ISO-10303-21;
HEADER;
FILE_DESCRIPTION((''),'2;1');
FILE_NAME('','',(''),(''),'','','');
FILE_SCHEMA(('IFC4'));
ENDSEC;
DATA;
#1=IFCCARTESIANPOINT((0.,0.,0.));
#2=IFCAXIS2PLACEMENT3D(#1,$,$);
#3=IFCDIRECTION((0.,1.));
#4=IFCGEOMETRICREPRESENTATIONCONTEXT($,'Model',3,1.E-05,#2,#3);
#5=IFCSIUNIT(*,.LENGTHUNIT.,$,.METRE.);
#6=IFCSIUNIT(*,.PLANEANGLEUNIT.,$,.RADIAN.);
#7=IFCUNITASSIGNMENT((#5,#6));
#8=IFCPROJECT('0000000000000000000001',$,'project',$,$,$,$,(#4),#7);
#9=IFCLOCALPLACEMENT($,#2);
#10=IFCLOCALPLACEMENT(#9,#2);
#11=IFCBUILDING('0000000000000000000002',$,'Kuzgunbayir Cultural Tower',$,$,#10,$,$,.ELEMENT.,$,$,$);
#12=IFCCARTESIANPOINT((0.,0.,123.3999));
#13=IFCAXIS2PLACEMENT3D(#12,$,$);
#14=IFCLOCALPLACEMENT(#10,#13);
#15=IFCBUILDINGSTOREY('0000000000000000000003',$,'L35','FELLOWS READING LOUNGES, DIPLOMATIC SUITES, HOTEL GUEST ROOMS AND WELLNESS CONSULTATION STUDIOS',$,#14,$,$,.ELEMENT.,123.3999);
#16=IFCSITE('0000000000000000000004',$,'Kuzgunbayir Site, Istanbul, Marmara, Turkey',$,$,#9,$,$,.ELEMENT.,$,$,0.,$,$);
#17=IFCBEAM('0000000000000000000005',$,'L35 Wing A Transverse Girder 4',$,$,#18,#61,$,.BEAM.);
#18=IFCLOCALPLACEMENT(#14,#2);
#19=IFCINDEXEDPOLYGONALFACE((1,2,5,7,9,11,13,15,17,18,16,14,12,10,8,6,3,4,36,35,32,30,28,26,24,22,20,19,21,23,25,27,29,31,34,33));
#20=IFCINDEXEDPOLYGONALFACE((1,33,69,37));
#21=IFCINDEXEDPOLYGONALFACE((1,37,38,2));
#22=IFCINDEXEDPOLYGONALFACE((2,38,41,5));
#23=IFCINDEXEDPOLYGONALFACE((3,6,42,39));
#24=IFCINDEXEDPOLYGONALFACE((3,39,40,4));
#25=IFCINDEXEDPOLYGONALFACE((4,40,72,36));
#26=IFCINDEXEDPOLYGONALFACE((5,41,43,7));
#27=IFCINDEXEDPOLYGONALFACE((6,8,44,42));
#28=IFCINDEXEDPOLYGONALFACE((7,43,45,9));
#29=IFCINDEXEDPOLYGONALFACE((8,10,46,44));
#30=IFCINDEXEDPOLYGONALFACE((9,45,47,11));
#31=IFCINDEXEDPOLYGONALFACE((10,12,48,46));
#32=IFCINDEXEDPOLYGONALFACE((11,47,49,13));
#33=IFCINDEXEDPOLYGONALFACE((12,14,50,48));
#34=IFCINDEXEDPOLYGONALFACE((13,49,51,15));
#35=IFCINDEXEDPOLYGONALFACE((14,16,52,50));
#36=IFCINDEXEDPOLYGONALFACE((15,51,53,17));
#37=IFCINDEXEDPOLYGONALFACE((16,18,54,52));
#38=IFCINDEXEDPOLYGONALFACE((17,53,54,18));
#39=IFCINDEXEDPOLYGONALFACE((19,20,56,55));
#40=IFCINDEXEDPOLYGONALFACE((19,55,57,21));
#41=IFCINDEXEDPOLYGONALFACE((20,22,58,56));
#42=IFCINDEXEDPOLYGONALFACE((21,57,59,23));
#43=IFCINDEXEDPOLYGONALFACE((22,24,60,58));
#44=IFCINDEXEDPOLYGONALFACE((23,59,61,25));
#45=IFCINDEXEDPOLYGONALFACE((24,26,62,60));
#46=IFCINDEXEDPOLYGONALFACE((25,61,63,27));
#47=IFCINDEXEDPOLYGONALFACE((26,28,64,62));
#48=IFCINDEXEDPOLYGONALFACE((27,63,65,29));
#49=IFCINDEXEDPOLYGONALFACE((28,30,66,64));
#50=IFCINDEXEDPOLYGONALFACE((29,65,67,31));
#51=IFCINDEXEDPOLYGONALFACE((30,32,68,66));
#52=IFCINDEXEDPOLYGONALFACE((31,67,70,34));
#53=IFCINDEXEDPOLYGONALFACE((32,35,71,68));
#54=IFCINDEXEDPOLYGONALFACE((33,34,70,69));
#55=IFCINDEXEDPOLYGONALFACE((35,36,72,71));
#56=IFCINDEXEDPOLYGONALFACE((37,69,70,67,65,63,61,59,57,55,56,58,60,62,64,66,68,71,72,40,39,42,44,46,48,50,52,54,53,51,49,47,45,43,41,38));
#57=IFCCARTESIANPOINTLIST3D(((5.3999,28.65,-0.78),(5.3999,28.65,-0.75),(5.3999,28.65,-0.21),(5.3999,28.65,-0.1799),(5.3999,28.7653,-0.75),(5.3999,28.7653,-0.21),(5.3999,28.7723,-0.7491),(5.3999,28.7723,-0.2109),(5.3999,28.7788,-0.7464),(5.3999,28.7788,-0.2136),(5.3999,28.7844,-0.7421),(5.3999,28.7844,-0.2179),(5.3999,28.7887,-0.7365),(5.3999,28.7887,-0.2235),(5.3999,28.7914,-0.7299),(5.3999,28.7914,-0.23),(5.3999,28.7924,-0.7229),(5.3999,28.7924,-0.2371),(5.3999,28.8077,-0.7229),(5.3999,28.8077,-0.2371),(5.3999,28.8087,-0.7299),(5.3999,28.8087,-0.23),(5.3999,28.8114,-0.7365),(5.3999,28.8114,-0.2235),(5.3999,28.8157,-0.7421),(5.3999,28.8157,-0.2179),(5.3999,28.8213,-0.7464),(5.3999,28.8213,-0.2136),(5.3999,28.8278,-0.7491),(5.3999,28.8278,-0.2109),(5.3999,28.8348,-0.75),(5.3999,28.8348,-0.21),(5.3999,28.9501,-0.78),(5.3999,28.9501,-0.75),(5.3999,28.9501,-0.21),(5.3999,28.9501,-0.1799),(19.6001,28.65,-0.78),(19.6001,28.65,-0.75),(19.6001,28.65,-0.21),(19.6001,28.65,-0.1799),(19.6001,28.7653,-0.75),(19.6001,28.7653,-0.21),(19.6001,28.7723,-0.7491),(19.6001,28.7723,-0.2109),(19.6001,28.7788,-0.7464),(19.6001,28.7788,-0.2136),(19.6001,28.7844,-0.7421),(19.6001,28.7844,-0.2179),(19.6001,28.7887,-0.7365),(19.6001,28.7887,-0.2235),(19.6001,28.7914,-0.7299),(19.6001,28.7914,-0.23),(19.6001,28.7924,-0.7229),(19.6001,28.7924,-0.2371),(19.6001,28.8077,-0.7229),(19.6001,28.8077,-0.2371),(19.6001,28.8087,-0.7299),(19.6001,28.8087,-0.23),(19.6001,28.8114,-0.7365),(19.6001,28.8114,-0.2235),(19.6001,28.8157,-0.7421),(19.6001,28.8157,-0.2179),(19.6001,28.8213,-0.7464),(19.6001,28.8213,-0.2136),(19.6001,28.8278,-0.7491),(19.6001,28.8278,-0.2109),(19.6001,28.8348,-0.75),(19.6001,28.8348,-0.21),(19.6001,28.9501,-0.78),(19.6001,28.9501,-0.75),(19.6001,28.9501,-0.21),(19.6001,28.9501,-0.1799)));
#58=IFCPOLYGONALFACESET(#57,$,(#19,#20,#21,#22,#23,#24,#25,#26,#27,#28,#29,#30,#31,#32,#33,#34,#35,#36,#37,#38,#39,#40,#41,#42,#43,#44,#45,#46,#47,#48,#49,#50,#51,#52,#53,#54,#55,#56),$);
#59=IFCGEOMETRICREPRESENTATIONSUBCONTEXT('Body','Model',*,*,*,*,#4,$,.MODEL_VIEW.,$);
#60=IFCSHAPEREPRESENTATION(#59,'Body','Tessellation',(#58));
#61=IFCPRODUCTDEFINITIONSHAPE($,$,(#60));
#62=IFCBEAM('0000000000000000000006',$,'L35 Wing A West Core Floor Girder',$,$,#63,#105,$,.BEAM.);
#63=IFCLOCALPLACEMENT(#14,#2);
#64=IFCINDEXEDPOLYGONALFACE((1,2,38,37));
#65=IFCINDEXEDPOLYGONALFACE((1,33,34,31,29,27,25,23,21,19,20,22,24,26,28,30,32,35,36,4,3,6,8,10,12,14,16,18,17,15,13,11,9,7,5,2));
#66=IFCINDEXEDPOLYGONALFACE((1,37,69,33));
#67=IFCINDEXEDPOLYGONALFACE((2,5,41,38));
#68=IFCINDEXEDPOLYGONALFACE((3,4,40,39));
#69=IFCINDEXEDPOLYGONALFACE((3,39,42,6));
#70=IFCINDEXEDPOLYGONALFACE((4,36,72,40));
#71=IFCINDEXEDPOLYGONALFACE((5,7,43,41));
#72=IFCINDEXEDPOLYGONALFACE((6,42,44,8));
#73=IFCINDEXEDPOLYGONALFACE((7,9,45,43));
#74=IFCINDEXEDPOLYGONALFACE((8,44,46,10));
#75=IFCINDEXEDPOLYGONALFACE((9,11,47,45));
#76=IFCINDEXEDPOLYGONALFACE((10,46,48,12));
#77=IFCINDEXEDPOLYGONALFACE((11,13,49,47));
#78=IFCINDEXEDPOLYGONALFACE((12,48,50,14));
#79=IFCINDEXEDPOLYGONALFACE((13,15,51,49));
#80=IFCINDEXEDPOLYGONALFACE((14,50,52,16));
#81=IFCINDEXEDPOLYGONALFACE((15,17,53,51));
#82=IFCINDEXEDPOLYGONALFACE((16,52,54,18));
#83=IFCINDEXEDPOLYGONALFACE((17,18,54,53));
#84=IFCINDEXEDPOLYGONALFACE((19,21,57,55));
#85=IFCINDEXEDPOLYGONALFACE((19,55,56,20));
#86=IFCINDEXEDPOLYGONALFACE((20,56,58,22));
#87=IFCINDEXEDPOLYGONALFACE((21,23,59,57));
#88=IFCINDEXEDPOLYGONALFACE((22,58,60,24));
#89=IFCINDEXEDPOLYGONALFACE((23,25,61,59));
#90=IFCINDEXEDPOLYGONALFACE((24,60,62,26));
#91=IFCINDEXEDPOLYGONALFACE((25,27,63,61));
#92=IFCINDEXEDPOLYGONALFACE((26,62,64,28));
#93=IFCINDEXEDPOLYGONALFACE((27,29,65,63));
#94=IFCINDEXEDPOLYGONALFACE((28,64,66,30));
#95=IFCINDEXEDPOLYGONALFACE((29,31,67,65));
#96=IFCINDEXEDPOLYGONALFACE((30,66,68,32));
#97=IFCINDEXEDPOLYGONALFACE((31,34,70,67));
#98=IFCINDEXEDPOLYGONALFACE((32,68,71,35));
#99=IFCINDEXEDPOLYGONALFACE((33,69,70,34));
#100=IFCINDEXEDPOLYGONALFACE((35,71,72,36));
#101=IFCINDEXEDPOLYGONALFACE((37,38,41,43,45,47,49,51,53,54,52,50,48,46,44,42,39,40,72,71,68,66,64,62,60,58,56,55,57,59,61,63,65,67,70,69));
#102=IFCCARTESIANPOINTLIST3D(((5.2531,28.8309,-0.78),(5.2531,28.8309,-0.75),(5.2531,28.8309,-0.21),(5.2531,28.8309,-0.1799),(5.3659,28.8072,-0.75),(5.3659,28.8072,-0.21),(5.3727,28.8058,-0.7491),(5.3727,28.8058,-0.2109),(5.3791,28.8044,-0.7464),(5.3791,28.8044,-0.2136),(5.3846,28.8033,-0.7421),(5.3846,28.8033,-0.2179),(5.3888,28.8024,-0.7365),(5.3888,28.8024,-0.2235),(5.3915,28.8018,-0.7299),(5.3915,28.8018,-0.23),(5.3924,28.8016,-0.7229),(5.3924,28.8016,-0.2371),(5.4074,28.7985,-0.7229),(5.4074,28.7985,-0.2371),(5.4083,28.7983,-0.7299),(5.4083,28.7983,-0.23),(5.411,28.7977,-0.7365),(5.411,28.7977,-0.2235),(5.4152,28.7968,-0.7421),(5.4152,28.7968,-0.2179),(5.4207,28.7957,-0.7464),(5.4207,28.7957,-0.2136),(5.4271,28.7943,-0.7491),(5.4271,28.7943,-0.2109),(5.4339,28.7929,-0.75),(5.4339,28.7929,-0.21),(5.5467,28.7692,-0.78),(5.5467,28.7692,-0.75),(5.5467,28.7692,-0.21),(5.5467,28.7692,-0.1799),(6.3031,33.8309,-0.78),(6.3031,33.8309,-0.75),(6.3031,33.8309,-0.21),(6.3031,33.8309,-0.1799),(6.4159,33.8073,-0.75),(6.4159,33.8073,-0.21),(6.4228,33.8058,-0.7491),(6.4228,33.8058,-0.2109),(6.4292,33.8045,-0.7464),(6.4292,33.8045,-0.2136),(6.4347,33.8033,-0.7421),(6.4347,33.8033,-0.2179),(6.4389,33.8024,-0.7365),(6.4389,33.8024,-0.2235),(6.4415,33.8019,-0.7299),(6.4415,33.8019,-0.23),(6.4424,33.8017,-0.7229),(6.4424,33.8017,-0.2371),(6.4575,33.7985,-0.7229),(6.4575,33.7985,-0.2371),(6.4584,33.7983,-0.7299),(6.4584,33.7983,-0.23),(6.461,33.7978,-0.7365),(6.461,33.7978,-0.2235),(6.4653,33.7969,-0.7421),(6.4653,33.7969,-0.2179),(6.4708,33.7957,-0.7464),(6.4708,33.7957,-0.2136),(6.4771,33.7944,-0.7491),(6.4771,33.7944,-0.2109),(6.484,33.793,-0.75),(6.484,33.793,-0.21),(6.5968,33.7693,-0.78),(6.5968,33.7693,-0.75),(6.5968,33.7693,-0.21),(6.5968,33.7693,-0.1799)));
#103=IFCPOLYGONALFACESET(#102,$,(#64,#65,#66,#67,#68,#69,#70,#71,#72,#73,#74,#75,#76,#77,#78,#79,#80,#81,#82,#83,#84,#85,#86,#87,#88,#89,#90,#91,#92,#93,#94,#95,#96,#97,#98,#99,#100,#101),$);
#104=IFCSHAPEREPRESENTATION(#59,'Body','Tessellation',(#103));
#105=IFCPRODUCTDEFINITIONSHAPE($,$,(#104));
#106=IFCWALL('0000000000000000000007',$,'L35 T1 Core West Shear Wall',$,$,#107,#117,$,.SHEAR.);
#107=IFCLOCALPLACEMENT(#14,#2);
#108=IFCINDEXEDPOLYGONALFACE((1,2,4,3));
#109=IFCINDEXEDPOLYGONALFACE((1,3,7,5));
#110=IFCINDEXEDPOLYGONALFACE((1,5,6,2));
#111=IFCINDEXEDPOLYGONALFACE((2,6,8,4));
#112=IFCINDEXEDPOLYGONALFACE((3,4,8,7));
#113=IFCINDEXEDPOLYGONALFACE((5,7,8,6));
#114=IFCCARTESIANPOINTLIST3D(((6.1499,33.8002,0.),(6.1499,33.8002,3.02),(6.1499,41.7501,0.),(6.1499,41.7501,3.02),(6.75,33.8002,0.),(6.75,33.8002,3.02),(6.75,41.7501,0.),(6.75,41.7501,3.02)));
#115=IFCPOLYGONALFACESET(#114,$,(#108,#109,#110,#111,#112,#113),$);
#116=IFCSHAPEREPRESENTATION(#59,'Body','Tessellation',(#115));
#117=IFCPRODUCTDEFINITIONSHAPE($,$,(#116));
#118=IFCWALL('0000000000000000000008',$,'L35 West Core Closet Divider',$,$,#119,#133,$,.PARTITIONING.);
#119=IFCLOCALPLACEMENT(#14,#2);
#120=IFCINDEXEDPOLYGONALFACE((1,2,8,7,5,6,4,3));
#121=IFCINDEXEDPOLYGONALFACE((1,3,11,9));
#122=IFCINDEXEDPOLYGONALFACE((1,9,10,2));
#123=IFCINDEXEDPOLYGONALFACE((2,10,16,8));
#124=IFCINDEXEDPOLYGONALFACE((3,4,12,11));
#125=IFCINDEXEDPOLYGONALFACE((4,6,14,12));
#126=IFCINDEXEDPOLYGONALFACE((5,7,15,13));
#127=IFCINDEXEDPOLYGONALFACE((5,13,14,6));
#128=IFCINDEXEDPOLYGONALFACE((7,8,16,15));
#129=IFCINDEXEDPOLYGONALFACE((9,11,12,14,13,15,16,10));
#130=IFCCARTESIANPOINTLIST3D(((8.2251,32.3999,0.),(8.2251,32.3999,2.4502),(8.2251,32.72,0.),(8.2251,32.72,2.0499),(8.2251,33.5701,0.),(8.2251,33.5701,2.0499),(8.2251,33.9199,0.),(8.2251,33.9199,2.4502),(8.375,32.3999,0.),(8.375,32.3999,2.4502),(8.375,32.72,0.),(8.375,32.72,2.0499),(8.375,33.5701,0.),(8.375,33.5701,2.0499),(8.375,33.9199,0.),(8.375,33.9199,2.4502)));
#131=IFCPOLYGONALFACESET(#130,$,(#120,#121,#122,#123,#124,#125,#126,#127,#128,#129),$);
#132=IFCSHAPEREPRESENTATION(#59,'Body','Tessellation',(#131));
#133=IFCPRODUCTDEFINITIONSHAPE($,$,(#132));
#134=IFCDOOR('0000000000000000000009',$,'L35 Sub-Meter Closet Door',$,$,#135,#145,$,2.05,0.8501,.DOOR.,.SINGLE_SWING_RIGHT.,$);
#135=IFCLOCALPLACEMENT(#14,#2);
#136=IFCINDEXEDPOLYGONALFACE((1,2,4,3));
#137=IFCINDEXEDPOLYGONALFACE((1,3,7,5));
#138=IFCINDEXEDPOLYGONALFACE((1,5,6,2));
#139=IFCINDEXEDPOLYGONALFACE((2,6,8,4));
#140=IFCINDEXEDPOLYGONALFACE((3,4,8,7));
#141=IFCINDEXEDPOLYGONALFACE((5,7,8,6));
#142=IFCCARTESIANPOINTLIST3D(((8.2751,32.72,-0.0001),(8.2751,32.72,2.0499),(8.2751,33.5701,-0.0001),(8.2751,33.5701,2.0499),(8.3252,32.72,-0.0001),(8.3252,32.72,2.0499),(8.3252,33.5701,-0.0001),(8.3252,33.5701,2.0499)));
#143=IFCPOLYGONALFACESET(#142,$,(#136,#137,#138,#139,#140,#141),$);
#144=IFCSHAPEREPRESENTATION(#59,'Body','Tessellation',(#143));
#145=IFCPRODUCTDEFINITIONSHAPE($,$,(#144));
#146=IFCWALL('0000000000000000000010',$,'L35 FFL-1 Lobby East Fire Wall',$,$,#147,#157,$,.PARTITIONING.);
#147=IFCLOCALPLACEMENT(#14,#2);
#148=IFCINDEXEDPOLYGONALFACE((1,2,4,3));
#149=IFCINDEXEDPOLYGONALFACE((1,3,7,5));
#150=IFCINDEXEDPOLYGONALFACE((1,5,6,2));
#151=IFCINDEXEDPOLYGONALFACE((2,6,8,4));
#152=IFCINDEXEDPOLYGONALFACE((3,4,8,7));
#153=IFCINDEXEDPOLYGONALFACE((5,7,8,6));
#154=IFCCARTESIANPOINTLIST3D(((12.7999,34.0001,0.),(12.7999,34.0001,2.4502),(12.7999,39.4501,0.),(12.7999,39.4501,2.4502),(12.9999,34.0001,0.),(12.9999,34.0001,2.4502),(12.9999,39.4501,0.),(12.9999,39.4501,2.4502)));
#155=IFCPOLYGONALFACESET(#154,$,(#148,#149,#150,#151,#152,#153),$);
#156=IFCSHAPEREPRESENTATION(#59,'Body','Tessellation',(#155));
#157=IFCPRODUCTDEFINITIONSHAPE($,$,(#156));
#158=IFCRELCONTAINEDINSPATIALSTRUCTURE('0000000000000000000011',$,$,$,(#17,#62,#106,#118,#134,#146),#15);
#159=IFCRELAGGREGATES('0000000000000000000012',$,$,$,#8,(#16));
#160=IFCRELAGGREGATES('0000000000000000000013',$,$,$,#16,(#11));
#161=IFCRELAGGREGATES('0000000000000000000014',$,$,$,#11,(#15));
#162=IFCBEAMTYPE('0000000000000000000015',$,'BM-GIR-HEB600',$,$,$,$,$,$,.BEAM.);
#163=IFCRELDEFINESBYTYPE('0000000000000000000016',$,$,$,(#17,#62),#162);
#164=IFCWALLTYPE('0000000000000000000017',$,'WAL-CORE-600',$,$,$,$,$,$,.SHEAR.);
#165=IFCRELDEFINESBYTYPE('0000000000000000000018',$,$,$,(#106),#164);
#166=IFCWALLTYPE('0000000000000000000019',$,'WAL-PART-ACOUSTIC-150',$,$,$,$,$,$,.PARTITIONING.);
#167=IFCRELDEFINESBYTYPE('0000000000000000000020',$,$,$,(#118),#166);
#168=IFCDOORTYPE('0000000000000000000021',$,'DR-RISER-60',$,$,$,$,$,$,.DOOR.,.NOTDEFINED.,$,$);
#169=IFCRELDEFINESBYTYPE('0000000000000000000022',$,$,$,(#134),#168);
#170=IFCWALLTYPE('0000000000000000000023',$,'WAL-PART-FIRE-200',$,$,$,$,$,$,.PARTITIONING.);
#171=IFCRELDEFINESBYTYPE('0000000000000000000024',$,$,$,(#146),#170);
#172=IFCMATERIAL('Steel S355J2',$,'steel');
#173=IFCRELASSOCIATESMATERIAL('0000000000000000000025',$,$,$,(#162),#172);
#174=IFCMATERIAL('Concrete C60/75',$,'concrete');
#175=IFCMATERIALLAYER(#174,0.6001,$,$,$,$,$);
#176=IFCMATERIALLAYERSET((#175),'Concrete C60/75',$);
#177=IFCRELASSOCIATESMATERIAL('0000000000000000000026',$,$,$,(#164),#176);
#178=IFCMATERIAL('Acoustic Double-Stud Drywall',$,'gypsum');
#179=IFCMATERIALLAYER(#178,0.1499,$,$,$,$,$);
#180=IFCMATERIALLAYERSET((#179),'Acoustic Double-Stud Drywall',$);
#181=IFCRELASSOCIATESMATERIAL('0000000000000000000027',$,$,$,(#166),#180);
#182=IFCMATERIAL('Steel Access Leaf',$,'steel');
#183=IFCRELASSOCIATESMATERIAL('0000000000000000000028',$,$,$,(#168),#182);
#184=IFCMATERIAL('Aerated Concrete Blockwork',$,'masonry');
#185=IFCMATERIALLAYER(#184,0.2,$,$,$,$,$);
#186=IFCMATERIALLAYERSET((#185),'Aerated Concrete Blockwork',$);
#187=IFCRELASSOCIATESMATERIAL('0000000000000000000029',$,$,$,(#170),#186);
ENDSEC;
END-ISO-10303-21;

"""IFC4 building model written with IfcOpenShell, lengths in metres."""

from ifc_helpers import new_model, si_unit, direction, frame, frame_2d, origin, origin_2d, place, context, subcontext, project, spatial, rectangle, i_section, extrude, material, layer, layer_set, material_profile, profile_set, type_object, element, fill, save


model = new_model("IFC4")

# Units and contexts
model_context = context("Model", 3, precision=1e-05, world=origin(), true_north=direction((0.0, 1.0)))
body_context = subcontext(model_context, "Body", "Model", "MODEL_VIEW")
ifc_project = project(units=[si_unit("LENGTHUNIT", "METRE"), si_unit("PLANEANGLEUNIT", "RADIAN")], contexts=[model_context])

# Site, building, storey
site_placement = place(None, origin())
site = spatial("IfcSite", under=ifc_project, at=site_placement, Name="Kuzgunbayir Site, Istanbul, Marmara, Turkey", CompositionType="ELEMENT", RefElevation=0.0)
building_placement = place(site_placement, origin())
building = spatial("IfcBuilding", under=site, at=building_placement, Name="Kuzgunbayir Cultural Tower", CompositionType="ELEMENT")
storey_placement = place(building_placement, frame((0.0, 0.0, 123.3999)))
storey = spatial("IfcBuildingStorey", under=building, at=storey_placement, Name="L35", Description="FELLOWS READING LOUNGES, DIPLOMATIC SUITES, HOTEL GUEST ROOMS AND WELLNESS CONSULTATION STUDIOS", CompositionType="ELEMENT", Elevation=123.3999)

# Beams
ifc_material_1 = material(Name="Steel S355J2", Category="steel")
ifc_material_profile_1 = material_profile(ifc_material_1, i_section(OverallWidth=0.3, OverallDepth=0.6001, WebThickness=0.0154, FlangeThickness=0.03, FilletRadius=0.0271, at=origin_2d()), Name="HEB 600")
ifc_profile_set_1 = profile_set([ifc_material_profile_1], Name="Steel S355J2")
beam_type = type_object("IfcBeamType", Name="BM-GIR-HEB600", PredefinedType="BEAM", material=ifc_profile_set_1)
beam_1_placement = place(storey_placement, frame((5.3999, 28.8, -0.48), z_axis=(1.0, 0.0, 0.0), x_axis=(0.0, 1.0, 0.0)))
element("IfcBeam", 1, at=beam_1_placement, inside=storey, type_object=beam_type, Name="L35 Wing A Transverse Girder 4", PredefinedType="BEAM", context=body_context, shape_type="SweptSolid", body=[
    extrude(i_section(OverallWidth=0.3, OverallDepth=0.6001, WebThickness=0.0154, FlangeThickness=0.03, FilletRadius=0.0271, at=origin_2d()), origin(), (0.0, 0.0, 1.0), 14.2002),
])
beam_2_placement = place(storey_placement, frame((5.3999, 28.8, -0.48), z_axis=(0.205526, 0.978652, 0.0), x_axis=(-0.978652, 0.205526, 0.0)))
element("IfcBeam", 2, at=beam_2_placement, inside=storey, type_object=beam_type, Name="L35 Wing A West Core Floor Girder", PredefinedType="BEAM", context=body_context, shape_type="SweptSolid", body=[
    extrude(i_section(OverallWidth=0.3, OverallDepth=0.6001, WebThickness=0.0154, FlangeThickness=0.03, FilletRadius=0.0271, at=origin_2d()), origin(), (0.0, 0.0, 1.0), 5.1091),
])

# Wall
ifc_material_2 = material(Name="Concrete C60/75", Category="concrete")
ifc_layer_1 = layer(ifc_material_2, 0.6001)
ifc_layer_set_1 = layer_set([ifc_layer_1], Name="Concrete C60/75")
wall_type_1 = type_object("IfcWallType", Name="WAL-CORE-600", PredefinedType="SHEAR", material=ifc_layer_set_1)
wall_1_placement = place(storey_placement, frame((6.45, 33.8, 0.0), z_axis=(0.0, 0.0, 1.0), x_axis=(0.0, 1.0, 0.0)))
element("IfcWall", 3, at=wall_1_placement, inside=storey, type_object=wall_type_1, Name="L35 T1 Core West Shear Wall", PredefinedType="SHEAR", context=body_context, shape_type="SweptSolid", body=[
    extrude(rectangle(XDim=7.95, YDim=0.6001, at=frame_2d((3.9751, 0.0))), origin(), (0.0, 0.0, 1.0), 3.02),
])

# Wall, opening, door
ifc_material_3 = material(Name="Acoustic Double-Stud Drywall", Category="gypsum")
ifc_layer_2 = layer(ifc_material_3, 0.1499)
ifc_layer_set_2 = layer_set([ifc_layer_2], Name="Acoustic Double-Stud Drywall")
wall_type_2 = type_object("IfcWallType", Name="WAL-PART-ACOUSTIC-150", PredefinedType="PARTITIONING", material=ifc_layer_set_2)
wall_2_placement = place(storey_placement, frame((8.3, 32.3999, 0.0), z_axis=(0.0, 0.0, 1.0), x_axis=(0.0, 1.0, 0.0)))
wall_2 = element("IfcWall", 4, at=wall_2_placement, inside=storey, type_object=wall_type_2, Name="L35 West Core Closet Divider", PredefinedType="PARTITIONING", context=body_context, shape_type="SweptSolid", body=[
    extrude(rectangle(XDim=1.52, YDim=0.1499, at=frame_2d((0.76, 0.0))), origin(), (0.0, 0.0, 1.0), 2.4502),
])
opening_1_placement = place(wall_2_placement, frame((0.3201, 0.0, 0.0)))
opening_1 = element("IfcOpeningElement", 5, at=opening_1_placement, cuts=wall_2, PredefinedType="OPENING", context=body_context, shape_type="SweptSolid", body=[
    extrude(rectangle(XDim=0.8501, YDim=2.05, at=frame_2d((0.425, 1.0249))), frame((0.0, 0.085, 0.0), z_axis=(0.0, -1.0, 0.0), x_axis=(1.0, 0.0, 0.0)), (0.0, 0.0, 1.0), 0.1699),
])
ifc_material_4 = material(Name="Steel Access Leaf", Category="steel")
door_type_1 = type_object("IfcDoorType", Name="DR-RISER-60", OperationType="NOTDEFINED", PredefinedType="DOOR", material=ifc_material_4)
door_1_placement = place(opening_1_placement, origin())
door_1 = element("IfcDoor", 6, at=door_1_placement, inside=storey, type_object=door_type_1, Name="L35 Sub-Meter Closet Door", OperationType="SINGLE_SWING_RIGHT", OverallHeight=2.05, OverallWidth=0.8501, PredefinedType="DOOR", context=body_context, shape_type="SweptSolid", body=[
    extrude(rectangle(XDim=0.8501, YDim=2.05, at=frame_2d((0.425, 1.0249))), frame((0.0, 0.0249, 0.0), z_axis=(0.0, -1.0, 0.0), x_axis=(1.0, 0.0, 0.0)), (0.0, 0.0, 1.0), 0.05),
])
fill(opening_1, door_1)

# Wall
ifc_material_5 = material(Name="Aerated Concrete Blockwork", Category="masonry")
ifc_layer_3 = layer(ifc_material_5, 0.2)
ifc_layer_set_3 = layer_set([ifc_layer_3], Name="Aerated Concrete Blockwork")
wall_type_3 = type_object("IfcWallType", Name="WAL-PART-FIRE-200", PredefinedType="PARTITIONING", material=ifc_layer_set_3)
wall_3_placement = place(storey_placement, frame((12.8999, 34.0, 0.0), z_axis=(0.0, 0.0, 1.0), x_axis=(0.0, 1.0, 0.0)))
element("IfcWall", 7, at=wall_3_placement, inside=storey, type_object=wall_type_3, Name="L35 FFL-1 Lobby East Fire Wall", PredefinedType="PARTITIONING", context=body_context, shape_type="SweptSolid", body=[
    extrude(rectangle(XDim=5.45, YDim=0.2, at=frame_2d((2.7251, 0.0))), origin(), (0.0, 0.0, 1.0), 2.4502),
])

save(model, "model.ifc")
